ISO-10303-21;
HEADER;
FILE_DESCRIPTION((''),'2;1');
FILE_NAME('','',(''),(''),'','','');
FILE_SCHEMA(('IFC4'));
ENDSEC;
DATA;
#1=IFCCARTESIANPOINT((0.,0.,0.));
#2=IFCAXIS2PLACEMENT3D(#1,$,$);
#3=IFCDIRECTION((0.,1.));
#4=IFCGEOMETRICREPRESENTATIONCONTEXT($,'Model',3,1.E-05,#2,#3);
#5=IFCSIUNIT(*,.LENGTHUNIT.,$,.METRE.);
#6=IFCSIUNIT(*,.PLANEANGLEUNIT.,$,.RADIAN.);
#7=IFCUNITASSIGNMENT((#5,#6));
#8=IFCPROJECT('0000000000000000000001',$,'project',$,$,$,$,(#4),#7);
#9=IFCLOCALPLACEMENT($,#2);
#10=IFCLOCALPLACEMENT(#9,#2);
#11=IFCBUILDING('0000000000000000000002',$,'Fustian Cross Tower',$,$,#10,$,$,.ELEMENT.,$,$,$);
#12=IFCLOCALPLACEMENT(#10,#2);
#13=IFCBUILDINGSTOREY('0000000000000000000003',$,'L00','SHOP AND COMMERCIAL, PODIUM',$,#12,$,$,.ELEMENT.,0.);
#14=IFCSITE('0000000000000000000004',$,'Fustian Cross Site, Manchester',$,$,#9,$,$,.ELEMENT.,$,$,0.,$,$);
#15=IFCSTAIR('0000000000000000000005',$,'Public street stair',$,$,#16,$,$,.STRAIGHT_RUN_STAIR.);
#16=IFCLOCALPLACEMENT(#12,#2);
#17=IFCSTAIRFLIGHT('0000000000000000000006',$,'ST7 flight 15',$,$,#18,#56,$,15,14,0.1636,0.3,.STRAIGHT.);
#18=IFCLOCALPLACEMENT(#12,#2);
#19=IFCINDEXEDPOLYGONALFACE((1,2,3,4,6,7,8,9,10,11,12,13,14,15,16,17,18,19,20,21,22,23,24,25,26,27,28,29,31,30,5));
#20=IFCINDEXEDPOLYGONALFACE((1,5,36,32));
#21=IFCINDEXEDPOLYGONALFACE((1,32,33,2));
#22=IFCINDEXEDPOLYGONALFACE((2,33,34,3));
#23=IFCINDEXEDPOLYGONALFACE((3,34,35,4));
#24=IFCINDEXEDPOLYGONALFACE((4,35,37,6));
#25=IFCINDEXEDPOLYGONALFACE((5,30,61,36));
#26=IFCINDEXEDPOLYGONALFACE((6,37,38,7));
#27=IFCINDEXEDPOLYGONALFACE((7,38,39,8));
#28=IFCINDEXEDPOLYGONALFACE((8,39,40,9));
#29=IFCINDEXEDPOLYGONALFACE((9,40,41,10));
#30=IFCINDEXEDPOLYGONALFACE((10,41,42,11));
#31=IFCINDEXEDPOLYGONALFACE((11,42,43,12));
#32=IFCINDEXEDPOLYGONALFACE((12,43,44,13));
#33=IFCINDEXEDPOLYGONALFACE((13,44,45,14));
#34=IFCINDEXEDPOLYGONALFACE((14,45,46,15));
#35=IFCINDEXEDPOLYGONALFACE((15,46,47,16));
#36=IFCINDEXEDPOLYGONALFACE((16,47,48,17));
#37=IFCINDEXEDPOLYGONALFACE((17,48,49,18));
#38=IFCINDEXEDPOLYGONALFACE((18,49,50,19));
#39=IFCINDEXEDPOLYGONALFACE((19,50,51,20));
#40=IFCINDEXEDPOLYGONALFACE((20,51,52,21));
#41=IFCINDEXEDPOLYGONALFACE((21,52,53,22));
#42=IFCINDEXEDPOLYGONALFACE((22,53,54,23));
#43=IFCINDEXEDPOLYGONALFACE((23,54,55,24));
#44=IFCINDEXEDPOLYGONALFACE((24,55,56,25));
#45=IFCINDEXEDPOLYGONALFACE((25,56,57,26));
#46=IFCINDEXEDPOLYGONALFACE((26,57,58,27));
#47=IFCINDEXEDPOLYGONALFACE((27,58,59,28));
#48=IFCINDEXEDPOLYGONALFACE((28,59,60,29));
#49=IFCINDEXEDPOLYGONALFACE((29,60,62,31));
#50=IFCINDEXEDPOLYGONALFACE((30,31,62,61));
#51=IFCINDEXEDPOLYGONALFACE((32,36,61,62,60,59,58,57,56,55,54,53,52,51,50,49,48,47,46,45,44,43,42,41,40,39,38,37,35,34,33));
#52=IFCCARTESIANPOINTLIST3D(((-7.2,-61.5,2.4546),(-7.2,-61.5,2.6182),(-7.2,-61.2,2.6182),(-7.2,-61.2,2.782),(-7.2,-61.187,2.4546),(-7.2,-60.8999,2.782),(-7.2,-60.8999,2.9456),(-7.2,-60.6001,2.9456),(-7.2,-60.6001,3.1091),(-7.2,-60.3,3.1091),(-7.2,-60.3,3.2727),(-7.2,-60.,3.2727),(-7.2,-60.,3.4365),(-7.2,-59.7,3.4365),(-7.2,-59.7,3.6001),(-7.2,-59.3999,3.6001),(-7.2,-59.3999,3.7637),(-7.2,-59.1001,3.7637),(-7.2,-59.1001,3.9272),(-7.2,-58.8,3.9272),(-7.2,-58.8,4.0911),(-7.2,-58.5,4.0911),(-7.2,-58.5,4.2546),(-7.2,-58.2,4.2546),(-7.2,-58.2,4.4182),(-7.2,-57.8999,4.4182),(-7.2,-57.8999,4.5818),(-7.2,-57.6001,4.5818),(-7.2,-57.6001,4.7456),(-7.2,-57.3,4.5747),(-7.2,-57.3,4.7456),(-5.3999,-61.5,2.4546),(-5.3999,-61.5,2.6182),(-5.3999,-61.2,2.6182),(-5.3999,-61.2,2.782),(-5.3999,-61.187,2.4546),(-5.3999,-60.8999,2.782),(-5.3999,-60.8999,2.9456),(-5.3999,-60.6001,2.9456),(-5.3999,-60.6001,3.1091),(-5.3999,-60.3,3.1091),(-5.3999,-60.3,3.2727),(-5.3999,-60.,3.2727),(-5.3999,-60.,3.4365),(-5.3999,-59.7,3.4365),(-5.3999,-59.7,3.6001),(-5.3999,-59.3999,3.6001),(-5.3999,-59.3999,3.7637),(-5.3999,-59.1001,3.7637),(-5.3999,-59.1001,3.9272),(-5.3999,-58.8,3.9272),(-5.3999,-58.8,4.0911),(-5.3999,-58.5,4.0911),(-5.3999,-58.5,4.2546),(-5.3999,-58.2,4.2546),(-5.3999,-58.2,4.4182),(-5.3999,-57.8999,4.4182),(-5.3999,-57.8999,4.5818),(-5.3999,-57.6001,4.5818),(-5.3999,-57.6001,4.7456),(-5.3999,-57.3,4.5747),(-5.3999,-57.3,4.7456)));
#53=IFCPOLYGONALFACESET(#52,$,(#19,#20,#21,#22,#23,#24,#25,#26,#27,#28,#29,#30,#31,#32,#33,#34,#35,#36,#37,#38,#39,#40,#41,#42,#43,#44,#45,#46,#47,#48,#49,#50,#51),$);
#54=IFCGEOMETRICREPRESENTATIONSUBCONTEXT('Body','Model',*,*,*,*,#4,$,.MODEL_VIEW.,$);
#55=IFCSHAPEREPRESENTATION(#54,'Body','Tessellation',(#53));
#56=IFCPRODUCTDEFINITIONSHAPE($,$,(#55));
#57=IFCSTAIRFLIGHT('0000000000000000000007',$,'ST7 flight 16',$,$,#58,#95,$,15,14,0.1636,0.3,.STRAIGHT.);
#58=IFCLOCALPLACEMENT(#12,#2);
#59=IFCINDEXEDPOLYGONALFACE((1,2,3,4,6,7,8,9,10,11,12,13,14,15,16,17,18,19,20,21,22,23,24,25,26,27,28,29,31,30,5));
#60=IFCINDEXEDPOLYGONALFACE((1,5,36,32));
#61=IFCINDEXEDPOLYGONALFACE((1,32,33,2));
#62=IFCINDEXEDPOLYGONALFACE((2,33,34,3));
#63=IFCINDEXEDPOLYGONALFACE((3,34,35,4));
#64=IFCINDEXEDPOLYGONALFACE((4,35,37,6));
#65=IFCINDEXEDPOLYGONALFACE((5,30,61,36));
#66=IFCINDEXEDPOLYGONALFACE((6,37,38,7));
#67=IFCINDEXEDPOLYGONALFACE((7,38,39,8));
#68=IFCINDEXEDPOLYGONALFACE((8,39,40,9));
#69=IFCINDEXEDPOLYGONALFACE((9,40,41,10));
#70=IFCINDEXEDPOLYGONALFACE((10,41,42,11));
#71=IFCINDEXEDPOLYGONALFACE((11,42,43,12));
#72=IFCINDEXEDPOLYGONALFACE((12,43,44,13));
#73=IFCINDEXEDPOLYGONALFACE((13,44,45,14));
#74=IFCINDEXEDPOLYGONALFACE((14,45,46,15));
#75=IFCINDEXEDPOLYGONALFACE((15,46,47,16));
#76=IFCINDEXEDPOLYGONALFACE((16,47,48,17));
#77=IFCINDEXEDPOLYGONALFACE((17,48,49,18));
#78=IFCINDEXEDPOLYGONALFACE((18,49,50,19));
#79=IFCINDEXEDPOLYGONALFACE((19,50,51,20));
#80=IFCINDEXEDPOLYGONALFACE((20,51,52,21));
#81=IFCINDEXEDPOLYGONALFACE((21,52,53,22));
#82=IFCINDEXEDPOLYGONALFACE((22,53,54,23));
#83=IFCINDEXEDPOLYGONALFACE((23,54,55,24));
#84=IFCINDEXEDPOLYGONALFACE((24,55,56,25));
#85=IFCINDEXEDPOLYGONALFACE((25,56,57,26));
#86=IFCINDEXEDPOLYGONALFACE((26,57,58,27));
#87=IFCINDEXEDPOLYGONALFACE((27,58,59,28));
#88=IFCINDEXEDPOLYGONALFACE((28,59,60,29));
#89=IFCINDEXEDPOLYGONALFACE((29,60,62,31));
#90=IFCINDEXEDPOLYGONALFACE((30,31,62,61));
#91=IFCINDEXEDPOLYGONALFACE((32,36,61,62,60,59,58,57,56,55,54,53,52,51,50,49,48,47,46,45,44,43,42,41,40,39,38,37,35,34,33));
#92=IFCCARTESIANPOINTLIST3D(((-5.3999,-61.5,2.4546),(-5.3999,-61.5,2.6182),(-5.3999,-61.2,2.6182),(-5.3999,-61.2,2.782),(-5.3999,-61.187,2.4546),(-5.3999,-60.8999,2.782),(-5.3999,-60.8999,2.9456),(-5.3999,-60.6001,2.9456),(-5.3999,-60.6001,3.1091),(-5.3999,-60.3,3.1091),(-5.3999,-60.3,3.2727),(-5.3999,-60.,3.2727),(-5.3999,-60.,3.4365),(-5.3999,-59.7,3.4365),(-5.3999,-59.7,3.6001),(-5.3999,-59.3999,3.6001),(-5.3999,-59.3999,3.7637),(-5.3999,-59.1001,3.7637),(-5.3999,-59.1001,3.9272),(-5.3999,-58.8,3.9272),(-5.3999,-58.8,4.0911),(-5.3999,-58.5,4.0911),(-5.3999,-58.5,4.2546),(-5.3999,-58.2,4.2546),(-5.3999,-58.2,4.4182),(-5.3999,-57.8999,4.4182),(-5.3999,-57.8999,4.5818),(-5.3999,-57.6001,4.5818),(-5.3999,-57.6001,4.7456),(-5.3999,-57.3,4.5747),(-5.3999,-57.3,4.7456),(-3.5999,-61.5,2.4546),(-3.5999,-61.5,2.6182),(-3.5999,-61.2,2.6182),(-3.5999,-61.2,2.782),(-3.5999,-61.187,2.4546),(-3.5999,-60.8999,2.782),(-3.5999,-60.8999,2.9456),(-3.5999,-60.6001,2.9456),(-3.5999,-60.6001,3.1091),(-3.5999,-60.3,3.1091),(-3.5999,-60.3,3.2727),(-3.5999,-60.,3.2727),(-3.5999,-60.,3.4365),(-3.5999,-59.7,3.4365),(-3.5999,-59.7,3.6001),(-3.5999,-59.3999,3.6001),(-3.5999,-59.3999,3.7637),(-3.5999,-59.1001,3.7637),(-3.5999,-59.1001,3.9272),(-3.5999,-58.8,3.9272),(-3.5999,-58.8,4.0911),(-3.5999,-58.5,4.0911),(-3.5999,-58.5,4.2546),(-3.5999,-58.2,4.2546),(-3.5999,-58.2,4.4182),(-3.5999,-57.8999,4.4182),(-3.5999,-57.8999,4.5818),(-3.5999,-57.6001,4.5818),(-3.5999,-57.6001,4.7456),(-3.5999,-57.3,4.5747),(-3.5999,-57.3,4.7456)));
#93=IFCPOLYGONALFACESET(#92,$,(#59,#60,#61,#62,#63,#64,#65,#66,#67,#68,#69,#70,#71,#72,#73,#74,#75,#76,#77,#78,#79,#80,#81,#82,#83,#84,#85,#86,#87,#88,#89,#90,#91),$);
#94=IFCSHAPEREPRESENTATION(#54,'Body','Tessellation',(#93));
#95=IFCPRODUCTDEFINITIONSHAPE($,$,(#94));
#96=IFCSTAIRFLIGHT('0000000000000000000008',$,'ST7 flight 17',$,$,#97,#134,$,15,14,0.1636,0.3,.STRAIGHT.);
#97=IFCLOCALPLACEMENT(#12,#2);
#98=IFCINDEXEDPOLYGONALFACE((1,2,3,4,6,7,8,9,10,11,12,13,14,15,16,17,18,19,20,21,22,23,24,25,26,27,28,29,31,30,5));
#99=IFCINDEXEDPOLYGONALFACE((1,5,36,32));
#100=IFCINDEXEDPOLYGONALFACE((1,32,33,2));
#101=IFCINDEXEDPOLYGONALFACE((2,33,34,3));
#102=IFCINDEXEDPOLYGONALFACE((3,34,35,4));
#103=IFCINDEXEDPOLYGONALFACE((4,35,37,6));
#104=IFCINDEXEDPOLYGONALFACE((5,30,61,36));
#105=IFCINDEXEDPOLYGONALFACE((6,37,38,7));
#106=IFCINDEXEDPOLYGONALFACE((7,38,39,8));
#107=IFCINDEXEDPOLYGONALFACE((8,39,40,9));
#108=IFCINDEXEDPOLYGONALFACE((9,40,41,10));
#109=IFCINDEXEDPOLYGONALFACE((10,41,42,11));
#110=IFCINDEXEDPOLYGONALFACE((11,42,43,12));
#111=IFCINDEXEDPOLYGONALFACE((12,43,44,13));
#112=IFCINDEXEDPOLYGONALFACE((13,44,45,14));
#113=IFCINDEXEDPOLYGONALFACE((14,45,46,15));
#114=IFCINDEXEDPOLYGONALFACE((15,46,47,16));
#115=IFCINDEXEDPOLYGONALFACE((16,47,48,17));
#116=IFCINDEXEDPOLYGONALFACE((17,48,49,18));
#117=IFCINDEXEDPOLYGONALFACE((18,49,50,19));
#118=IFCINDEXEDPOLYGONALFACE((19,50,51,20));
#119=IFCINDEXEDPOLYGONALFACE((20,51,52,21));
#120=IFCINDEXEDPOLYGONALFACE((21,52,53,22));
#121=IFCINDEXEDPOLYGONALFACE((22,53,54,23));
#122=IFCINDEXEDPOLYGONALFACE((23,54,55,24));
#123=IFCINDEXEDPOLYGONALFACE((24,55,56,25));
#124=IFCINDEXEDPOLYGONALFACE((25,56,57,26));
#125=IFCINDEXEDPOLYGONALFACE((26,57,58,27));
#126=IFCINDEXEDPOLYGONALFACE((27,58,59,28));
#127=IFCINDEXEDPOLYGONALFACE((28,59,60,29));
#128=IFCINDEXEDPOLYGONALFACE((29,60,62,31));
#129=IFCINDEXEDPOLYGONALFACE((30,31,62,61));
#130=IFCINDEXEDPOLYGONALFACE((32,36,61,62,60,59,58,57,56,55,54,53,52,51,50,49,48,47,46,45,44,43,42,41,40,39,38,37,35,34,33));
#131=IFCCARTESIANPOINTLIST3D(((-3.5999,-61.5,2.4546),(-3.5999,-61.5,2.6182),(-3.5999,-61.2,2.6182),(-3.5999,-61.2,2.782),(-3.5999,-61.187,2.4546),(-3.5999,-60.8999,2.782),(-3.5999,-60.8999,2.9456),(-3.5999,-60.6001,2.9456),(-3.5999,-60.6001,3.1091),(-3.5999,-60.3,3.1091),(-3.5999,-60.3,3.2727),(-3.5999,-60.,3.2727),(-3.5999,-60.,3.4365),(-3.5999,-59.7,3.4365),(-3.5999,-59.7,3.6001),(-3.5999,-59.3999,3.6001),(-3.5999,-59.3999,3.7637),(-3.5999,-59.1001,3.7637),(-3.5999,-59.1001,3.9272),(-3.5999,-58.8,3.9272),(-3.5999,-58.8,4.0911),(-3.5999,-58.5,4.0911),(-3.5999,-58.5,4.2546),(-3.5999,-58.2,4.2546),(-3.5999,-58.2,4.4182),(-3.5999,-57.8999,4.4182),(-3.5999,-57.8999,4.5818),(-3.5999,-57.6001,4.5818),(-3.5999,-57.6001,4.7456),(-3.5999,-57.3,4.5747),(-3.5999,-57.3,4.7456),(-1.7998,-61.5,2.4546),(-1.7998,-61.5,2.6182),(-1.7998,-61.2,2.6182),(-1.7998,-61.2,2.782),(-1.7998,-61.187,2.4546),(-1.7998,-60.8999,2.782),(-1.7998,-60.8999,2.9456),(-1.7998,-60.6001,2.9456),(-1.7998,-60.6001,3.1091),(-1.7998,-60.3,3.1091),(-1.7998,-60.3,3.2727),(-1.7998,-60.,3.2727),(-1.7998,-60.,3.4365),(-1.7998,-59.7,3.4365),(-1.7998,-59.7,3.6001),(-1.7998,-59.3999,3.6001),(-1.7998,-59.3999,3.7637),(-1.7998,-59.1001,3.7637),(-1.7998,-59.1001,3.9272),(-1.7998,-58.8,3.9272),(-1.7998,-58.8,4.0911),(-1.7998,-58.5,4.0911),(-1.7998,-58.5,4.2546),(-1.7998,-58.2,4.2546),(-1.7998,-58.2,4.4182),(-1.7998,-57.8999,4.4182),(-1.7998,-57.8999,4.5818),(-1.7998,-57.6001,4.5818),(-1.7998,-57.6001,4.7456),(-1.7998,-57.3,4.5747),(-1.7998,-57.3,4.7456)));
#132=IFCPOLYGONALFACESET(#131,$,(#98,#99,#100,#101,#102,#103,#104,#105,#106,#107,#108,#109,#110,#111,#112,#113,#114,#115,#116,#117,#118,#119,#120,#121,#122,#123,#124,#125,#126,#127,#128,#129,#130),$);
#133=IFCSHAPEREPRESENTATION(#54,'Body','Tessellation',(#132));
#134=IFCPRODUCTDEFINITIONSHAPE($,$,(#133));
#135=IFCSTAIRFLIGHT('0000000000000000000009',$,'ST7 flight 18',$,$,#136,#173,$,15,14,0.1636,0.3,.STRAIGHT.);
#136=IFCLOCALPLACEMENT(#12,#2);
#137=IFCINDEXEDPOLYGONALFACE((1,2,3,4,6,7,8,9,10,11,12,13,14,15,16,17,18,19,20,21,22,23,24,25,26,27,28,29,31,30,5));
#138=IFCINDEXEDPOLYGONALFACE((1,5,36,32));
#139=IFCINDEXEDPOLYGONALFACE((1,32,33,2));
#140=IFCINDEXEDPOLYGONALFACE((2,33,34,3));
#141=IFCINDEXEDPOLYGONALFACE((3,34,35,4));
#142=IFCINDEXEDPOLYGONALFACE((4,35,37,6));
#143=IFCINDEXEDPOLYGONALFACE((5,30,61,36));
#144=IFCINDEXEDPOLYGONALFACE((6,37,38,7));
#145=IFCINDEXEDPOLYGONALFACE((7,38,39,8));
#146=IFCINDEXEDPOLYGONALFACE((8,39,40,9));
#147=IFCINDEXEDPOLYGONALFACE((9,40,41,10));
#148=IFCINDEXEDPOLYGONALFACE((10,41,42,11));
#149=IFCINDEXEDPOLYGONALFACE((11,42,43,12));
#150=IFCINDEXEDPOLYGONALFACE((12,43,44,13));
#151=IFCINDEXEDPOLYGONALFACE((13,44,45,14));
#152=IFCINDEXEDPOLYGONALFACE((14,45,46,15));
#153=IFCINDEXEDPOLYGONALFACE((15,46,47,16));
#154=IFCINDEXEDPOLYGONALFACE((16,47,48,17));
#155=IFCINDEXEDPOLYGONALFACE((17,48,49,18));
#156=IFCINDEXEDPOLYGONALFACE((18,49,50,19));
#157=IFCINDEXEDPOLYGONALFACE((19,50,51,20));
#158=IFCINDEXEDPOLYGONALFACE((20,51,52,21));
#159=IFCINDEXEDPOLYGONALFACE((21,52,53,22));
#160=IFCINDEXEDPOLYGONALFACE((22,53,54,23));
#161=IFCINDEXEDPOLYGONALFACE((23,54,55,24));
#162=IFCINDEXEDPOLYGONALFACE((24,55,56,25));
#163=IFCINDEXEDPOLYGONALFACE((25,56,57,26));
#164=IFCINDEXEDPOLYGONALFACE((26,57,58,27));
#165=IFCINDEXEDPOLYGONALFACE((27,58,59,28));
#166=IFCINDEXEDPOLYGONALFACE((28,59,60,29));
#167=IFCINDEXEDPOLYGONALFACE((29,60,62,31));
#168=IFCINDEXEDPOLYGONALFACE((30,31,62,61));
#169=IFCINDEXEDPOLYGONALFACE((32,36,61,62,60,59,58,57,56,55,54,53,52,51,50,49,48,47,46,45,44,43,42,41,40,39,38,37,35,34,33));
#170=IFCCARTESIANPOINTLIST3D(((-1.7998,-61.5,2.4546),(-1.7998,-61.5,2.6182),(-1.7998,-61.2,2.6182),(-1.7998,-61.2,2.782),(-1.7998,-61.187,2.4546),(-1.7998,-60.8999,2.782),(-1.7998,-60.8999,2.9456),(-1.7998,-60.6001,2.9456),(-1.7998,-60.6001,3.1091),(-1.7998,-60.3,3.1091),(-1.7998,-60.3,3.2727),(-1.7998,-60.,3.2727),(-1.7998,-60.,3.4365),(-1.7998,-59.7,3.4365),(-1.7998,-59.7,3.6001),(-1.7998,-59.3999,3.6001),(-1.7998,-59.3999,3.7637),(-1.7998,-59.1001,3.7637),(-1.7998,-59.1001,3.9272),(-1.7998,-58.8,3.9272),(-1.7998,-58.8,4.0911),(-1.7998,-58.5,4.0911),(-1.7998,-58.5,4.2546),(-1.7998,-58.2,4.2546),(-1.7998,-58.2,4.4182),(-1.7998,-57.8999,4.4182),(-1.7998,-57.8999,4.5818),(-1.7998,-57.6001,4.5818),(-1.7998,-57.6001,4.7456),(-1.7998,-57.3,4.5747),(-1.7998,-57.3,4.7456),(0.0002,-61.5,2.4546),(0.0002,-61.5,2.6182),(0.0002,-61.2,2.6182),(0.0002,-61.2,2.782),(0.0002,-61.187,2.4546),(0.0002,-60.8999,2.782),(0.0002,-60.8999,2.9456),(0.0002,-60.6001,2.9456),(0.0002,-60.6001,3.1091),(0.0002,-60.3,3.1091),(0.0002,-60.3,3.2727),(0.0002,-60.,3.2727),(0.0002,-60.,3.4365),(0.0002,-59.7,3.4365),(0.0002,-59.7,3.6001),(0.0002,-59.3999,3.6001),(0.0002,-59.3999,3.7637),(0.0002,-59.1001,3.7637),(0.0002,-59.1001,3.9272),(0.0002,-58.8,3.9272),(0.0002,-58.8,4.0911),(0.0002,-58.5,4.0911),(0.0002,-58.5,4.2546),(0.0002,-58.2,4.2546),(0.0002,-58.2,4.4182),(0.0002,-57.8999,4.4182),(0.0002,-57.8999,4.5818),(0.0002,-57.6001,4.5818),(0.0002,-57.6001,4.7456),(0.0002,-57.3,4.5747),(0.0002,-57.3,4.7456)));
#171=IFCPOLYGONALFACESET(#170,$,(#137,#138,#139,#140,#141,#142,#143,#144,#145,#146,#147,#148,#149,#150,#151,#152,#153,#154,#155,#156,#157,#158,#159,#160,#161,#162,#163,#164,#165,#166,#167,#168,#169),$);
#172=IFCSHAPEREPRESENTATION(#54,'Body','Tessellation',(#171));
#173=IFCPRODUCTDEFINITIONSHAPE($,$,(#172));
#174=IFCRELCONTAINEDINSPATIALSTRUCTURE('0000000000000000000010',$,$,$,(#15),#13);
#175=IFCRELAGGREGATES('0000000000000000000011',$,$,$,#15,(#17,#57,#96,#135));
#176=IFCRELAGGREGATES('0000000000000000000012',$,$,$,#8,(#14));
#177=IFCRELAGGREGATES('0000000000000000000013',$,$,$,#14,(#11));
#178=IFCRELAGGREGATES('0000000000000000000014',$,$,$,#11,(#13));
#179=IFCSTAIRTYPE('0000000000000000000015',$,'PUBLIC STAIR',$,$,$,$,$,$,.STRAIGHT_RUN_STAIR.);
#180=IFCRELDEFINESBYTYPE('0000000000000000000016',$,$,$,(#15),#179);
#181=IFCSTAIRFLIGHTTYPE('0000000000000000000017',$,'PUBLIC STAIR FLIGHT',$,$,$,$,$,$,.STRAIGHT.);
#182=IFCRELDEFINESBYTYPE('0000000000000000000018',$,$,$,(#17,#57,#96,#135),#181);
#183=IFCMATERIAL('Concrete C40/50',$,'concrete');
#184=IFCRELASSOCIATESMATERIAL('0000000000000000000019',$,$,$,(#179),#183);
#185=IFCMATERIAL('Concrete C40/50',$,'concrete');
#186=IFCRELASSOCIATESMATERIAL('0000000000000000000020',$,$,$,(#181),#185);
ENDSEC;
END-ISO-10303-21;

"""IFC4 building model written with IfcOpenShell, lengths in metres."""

from ifc_helpers import new_model, si_unit, direction, frame, origin, place, context, subcontext, project, spatial, polyline, outline, extrude, material, type_object, element, aggregate, save


model = new_model("IFC4")

# Units and contexts
model_context = context("Model", 3, precision=1e-05, world=origin(), true_north=direction((0.0, 1.0)))
body_context = subcontext(model_context, "Body", "Model", "MODEL_VIEW")
ifc_project = project(units=[si_unit("LENGTHUNIT", "METRE"), si_unit("PLANEANGLEUNIT", "RADIAN")], contexts=[model_context])

# Site, building, storey
site_placement = place(None, origin())
site = spatial("IfcSite", under=ifc_project, at=site_placement, Name="Fustian Cross Site, Manchester", CompositionType="ELEMENT", RefElevation=0.0)
building_placement = place(site_placement, origin())
building = spatial("IfcBuilding", under=site, at=building_placement, Name="Fustian Cross Tower", CompositionType="ELEMENT")
storey_placement = place(building_placement, origin())
storey = spatial("IfcBuildingStorey", under=building, at=storey_placement, Name="L00", Description="SHOP AND COMMERCIAL, PODIUM", CompositionType="ELEMENT", Elevation=0.0)

# Stair, stair flights
ifc_material_1 = material(Name="Concrete C40/50", Category="concrete")
stair_type = type_object("IfcStairType", Name="PUBLIC STAIR", PredefinedType="STRAIGHT_RUN_STAIR", material=ifc_material_1)
stair_placement = place(storey_placement, origin())
stair = element("IfcStair", 1, at=stair_placement, inside=storey, type_object=stair_type, Name="Public street stair", PredefinedType="STRAIGHT_RUN_STAIR")
ifc_material_2 = material(Name="Concrete C40/50", Category="concrete")
stair_flight_type = type_object("IfcStairFlightType", Name="PUBLIC STAIR FLIGHT", PredefinedType="STRAIGHT", material=ifc_material_2)
stair_flight_1_placement = place(storey_placement, frame((-6.3, -61.5, 2.4546), z_axis=(0.0, 0.0, 1.0), x_axis=(0.0, 1.0, 0.0)))
stair_flight_1 = element("IfcStairFlight", 2, at=stair_flight_1_placement, type_object=stair_flight_type, Name="ST7 flight 15", NumberOfRisers=15, NumberOfTreads=14, PredefinedType="STRAIGHT", RiserHeight=0.1636, TreadLength=0.3, context=body_context, shape_type="SweptSolid", body=[
    extrude(outline(polyline([(0.0, 0.0), (0.0, 0.1636), (0.3, 0.1636), (0.3, 0.3274), (0.6001, 0.3274), (0.6001, 0.491), (0.8999, 0.491), (0.8999, 0.6545), (1.2, 0.6545), (1.2, 0.8181), (1.5, 0.8181), (1.5, 0.9819), (1.8, 0.9819), (1.8, 1.1455), (2.1001, 1.1455), (2.1001, 1.3091), (2.3999, 1.3091), (2.3999, 1.4727), (2.7, 1.4727), (2.7, 1.6365), (3.0, 1.6365), (3.0, 1.8), (3.3, 1.8), (3.3, 1.9636), (3.6001, 1.9636), (3.6001, 2.1272), (3.8999, 2.1272), (3.8999, 2.291), (4.2, 2.291), (4.2, 2.4546), (4.2, 2.1201), (0.313, 0.0), (0.0, 0.0)])), frame((0.0, 0.8999, 0.0), z_axis=(0.0, -1.0, 0.0), x_axis=(1.0, 0.0, 0.0)), (0.0, 0.0, 1.0), 1.8),
])
stair_flight_2_placement = place(storey_placement, frame((-4.5, -61.5, 2.4546), z_axis=(0.0, 0.0, 1.0), x_axis=(0.0, 1.0, 0.0)))
stair_flight_2 = element("IfcStairFlight", 3, at=stair_flight_2_placement, type_object=stair_flight_type, Name="ST7 flight 16", NumberOfRisers=15, NumberOfTreads=14, PredefinedType="STRAIGHT", RiserHeight=0.1636, TreadLength=0.3, context=body_context, shape_type="SweptSolid", body=[
    extrude(outline(polyline([(0.0, 0.0), (0.0, 0.1636), (0.3, 0.1636), (0.3, 0.3274), (0.6001, 0.3274), (0.6001, 0.491), (0.8999, 0.491), (0.8999, 0.6545), (1.2, 0.6545), (1.2, 0.8181), (1.5, 0.8181), (1.5, 0.9819), (1.8, 0.9819), (1.8, 1.1455), (2.1001, 1.1455), (2.1001, 1.3091), (2.3999, 1.3091), (2.3999, 1.4727), (2.7, 1.4727), (2.7, 1.6365), (3.0, 1.6365), (3.0, 1.8), (3.3, 1.8), (3.3, 1.9636), (3.6001, 1.9636), (3.6001, 2.1272), (3.8999, 2.1272), (3.8999, 2.291), (4.2, 2.291), (4.2, 2.4546), (4.2, 2.1201), (0.313, 0.0), (0.0, 0.0)])), frame((0.0, 0.8999, 0.0), z_axis=(0.0, -1.0, 0.0), x_axis=(1.0, 0.0, 0.0)), (0.0, 0.0, 1.0), 1.8),
])
stair_flight_3_placement = place(storey_placement, frame((-2.7, -61.5, 2.4546), z_axis=(0.0, 0.0, 1.0), x_axis=(0.0, 1.0, 0.0)))
stair_flight_3 = element("IfcStairFlight", 4, at=stair_flight_3_placement, type_object=stair_flight_type, Name="ST7 flight 17", NumberOfRisers=15, NumberOfTreads=14, PredefinedType="STRAIGHT", RiserHeight=0.1636, TreadLength=0.3, context=body_context, shape_type="SweptSolid", body=[
    extrude(outline(polyline([(0.0, 0.0), (0.0, 0.1636), (0.3, 0.1636), (0.3, 0.3274), (0.6001, 0.3274), (0.6001, 0.491), (0.8999, 0.491), (0.8999, 0.6545), (1.2, 0.6545), (1.2, 0.8181), (1.5, 0.8181), (1.5, 0.9819), (1.8, 0.9819), (1.8, 1.1455), (2.1001, 1.1455), (2.1001, 1.3091), (2.3999, 1.3091), (2.3999, 1.4727), (2.7, 1.4727), (2.7, 1.6365), (3.0, 1.6365), (3.0, 1.8), (3.3, 1.8), (3.3, 1.9636), (3.6001, 1.9636), (3.6001, 2.1272), (3.8999, 2.1272), (3.8999, 2.291), (4.2, 2.291), (4.2, 2.4546), (4.2, 2.1201), (0.313, 0.0), (0.0, 0.0)])), frame((0.0, 0.8999, 0.0), z_axis=(0.0, -1.0, 0.0), x_axis=(1.0, 0.0, 0.0)), (0.0, 0.0, 1.0), 1.8),
])
stair_flight_4_placement = place(storey_placement, frame((-0.8999, -61.5, 2.4546), z_axis=(0.0, 0.0, 1.0), x_axis=(0.0, 1.0, 0.0)))
stair_flight_4 = element("IfcStairFlight", 5, at=stair_flight_4_placement, type_object=stair_flight_type, Name="ST7 flight 18", NumberOfRisers=15, NumberOfTreads=14, PredefinedType="STRAIGHT", RiserHeight=0.1636, TreadLength=0.3, context=body_context, shape_type="SweptSolid", body=[
    extrude(outline(polyline([(0.0, 0.0), (0.0, 0.1636), (0.3, 0.1636), (0.3, 0.3274), (0.6001, 0.3274), (0.6001, 0.491), (0.8999, 0.491), (0.8999, 0.6545), (1.2, 0.6545), (1.2, 0.8181), (1.5, 0.8181), (1.5, 0.9819), (1.8, 0.9819), (1.8, 1.1455), (2.1001, 1.1455), (2.1001, 1.3091), (2.3999, 1.3091), (2.3999, 1.4727), (2.7, 1.4727), (2.7, 1.6365), (3.0, 1.6365), (3.0, 1.8), (3.3, 1.8), (3.3, 1.9636), (3.6001, 1.9636), (3.6001, 2.1272), (3.8999, 2.1272), (3.8999, 2.291), (4.2, 2.291), (4.2, 2.4546), (4.2, 2.1201), (0.313, 0.0), (0.0, 0.0)])), frame((0.0, 0.8999, 0.0), z_axis=(0.0, -1.0, 0.0), x_axis=(1.0, 0.0, 0.0)), (0.0, 0.0, 1.0), 1.8),
])
aggregate(stair, [stair_flight_1, stair_flight_2, stair_flight_3, stair_flight_4])

save(model, "model.ifc")
